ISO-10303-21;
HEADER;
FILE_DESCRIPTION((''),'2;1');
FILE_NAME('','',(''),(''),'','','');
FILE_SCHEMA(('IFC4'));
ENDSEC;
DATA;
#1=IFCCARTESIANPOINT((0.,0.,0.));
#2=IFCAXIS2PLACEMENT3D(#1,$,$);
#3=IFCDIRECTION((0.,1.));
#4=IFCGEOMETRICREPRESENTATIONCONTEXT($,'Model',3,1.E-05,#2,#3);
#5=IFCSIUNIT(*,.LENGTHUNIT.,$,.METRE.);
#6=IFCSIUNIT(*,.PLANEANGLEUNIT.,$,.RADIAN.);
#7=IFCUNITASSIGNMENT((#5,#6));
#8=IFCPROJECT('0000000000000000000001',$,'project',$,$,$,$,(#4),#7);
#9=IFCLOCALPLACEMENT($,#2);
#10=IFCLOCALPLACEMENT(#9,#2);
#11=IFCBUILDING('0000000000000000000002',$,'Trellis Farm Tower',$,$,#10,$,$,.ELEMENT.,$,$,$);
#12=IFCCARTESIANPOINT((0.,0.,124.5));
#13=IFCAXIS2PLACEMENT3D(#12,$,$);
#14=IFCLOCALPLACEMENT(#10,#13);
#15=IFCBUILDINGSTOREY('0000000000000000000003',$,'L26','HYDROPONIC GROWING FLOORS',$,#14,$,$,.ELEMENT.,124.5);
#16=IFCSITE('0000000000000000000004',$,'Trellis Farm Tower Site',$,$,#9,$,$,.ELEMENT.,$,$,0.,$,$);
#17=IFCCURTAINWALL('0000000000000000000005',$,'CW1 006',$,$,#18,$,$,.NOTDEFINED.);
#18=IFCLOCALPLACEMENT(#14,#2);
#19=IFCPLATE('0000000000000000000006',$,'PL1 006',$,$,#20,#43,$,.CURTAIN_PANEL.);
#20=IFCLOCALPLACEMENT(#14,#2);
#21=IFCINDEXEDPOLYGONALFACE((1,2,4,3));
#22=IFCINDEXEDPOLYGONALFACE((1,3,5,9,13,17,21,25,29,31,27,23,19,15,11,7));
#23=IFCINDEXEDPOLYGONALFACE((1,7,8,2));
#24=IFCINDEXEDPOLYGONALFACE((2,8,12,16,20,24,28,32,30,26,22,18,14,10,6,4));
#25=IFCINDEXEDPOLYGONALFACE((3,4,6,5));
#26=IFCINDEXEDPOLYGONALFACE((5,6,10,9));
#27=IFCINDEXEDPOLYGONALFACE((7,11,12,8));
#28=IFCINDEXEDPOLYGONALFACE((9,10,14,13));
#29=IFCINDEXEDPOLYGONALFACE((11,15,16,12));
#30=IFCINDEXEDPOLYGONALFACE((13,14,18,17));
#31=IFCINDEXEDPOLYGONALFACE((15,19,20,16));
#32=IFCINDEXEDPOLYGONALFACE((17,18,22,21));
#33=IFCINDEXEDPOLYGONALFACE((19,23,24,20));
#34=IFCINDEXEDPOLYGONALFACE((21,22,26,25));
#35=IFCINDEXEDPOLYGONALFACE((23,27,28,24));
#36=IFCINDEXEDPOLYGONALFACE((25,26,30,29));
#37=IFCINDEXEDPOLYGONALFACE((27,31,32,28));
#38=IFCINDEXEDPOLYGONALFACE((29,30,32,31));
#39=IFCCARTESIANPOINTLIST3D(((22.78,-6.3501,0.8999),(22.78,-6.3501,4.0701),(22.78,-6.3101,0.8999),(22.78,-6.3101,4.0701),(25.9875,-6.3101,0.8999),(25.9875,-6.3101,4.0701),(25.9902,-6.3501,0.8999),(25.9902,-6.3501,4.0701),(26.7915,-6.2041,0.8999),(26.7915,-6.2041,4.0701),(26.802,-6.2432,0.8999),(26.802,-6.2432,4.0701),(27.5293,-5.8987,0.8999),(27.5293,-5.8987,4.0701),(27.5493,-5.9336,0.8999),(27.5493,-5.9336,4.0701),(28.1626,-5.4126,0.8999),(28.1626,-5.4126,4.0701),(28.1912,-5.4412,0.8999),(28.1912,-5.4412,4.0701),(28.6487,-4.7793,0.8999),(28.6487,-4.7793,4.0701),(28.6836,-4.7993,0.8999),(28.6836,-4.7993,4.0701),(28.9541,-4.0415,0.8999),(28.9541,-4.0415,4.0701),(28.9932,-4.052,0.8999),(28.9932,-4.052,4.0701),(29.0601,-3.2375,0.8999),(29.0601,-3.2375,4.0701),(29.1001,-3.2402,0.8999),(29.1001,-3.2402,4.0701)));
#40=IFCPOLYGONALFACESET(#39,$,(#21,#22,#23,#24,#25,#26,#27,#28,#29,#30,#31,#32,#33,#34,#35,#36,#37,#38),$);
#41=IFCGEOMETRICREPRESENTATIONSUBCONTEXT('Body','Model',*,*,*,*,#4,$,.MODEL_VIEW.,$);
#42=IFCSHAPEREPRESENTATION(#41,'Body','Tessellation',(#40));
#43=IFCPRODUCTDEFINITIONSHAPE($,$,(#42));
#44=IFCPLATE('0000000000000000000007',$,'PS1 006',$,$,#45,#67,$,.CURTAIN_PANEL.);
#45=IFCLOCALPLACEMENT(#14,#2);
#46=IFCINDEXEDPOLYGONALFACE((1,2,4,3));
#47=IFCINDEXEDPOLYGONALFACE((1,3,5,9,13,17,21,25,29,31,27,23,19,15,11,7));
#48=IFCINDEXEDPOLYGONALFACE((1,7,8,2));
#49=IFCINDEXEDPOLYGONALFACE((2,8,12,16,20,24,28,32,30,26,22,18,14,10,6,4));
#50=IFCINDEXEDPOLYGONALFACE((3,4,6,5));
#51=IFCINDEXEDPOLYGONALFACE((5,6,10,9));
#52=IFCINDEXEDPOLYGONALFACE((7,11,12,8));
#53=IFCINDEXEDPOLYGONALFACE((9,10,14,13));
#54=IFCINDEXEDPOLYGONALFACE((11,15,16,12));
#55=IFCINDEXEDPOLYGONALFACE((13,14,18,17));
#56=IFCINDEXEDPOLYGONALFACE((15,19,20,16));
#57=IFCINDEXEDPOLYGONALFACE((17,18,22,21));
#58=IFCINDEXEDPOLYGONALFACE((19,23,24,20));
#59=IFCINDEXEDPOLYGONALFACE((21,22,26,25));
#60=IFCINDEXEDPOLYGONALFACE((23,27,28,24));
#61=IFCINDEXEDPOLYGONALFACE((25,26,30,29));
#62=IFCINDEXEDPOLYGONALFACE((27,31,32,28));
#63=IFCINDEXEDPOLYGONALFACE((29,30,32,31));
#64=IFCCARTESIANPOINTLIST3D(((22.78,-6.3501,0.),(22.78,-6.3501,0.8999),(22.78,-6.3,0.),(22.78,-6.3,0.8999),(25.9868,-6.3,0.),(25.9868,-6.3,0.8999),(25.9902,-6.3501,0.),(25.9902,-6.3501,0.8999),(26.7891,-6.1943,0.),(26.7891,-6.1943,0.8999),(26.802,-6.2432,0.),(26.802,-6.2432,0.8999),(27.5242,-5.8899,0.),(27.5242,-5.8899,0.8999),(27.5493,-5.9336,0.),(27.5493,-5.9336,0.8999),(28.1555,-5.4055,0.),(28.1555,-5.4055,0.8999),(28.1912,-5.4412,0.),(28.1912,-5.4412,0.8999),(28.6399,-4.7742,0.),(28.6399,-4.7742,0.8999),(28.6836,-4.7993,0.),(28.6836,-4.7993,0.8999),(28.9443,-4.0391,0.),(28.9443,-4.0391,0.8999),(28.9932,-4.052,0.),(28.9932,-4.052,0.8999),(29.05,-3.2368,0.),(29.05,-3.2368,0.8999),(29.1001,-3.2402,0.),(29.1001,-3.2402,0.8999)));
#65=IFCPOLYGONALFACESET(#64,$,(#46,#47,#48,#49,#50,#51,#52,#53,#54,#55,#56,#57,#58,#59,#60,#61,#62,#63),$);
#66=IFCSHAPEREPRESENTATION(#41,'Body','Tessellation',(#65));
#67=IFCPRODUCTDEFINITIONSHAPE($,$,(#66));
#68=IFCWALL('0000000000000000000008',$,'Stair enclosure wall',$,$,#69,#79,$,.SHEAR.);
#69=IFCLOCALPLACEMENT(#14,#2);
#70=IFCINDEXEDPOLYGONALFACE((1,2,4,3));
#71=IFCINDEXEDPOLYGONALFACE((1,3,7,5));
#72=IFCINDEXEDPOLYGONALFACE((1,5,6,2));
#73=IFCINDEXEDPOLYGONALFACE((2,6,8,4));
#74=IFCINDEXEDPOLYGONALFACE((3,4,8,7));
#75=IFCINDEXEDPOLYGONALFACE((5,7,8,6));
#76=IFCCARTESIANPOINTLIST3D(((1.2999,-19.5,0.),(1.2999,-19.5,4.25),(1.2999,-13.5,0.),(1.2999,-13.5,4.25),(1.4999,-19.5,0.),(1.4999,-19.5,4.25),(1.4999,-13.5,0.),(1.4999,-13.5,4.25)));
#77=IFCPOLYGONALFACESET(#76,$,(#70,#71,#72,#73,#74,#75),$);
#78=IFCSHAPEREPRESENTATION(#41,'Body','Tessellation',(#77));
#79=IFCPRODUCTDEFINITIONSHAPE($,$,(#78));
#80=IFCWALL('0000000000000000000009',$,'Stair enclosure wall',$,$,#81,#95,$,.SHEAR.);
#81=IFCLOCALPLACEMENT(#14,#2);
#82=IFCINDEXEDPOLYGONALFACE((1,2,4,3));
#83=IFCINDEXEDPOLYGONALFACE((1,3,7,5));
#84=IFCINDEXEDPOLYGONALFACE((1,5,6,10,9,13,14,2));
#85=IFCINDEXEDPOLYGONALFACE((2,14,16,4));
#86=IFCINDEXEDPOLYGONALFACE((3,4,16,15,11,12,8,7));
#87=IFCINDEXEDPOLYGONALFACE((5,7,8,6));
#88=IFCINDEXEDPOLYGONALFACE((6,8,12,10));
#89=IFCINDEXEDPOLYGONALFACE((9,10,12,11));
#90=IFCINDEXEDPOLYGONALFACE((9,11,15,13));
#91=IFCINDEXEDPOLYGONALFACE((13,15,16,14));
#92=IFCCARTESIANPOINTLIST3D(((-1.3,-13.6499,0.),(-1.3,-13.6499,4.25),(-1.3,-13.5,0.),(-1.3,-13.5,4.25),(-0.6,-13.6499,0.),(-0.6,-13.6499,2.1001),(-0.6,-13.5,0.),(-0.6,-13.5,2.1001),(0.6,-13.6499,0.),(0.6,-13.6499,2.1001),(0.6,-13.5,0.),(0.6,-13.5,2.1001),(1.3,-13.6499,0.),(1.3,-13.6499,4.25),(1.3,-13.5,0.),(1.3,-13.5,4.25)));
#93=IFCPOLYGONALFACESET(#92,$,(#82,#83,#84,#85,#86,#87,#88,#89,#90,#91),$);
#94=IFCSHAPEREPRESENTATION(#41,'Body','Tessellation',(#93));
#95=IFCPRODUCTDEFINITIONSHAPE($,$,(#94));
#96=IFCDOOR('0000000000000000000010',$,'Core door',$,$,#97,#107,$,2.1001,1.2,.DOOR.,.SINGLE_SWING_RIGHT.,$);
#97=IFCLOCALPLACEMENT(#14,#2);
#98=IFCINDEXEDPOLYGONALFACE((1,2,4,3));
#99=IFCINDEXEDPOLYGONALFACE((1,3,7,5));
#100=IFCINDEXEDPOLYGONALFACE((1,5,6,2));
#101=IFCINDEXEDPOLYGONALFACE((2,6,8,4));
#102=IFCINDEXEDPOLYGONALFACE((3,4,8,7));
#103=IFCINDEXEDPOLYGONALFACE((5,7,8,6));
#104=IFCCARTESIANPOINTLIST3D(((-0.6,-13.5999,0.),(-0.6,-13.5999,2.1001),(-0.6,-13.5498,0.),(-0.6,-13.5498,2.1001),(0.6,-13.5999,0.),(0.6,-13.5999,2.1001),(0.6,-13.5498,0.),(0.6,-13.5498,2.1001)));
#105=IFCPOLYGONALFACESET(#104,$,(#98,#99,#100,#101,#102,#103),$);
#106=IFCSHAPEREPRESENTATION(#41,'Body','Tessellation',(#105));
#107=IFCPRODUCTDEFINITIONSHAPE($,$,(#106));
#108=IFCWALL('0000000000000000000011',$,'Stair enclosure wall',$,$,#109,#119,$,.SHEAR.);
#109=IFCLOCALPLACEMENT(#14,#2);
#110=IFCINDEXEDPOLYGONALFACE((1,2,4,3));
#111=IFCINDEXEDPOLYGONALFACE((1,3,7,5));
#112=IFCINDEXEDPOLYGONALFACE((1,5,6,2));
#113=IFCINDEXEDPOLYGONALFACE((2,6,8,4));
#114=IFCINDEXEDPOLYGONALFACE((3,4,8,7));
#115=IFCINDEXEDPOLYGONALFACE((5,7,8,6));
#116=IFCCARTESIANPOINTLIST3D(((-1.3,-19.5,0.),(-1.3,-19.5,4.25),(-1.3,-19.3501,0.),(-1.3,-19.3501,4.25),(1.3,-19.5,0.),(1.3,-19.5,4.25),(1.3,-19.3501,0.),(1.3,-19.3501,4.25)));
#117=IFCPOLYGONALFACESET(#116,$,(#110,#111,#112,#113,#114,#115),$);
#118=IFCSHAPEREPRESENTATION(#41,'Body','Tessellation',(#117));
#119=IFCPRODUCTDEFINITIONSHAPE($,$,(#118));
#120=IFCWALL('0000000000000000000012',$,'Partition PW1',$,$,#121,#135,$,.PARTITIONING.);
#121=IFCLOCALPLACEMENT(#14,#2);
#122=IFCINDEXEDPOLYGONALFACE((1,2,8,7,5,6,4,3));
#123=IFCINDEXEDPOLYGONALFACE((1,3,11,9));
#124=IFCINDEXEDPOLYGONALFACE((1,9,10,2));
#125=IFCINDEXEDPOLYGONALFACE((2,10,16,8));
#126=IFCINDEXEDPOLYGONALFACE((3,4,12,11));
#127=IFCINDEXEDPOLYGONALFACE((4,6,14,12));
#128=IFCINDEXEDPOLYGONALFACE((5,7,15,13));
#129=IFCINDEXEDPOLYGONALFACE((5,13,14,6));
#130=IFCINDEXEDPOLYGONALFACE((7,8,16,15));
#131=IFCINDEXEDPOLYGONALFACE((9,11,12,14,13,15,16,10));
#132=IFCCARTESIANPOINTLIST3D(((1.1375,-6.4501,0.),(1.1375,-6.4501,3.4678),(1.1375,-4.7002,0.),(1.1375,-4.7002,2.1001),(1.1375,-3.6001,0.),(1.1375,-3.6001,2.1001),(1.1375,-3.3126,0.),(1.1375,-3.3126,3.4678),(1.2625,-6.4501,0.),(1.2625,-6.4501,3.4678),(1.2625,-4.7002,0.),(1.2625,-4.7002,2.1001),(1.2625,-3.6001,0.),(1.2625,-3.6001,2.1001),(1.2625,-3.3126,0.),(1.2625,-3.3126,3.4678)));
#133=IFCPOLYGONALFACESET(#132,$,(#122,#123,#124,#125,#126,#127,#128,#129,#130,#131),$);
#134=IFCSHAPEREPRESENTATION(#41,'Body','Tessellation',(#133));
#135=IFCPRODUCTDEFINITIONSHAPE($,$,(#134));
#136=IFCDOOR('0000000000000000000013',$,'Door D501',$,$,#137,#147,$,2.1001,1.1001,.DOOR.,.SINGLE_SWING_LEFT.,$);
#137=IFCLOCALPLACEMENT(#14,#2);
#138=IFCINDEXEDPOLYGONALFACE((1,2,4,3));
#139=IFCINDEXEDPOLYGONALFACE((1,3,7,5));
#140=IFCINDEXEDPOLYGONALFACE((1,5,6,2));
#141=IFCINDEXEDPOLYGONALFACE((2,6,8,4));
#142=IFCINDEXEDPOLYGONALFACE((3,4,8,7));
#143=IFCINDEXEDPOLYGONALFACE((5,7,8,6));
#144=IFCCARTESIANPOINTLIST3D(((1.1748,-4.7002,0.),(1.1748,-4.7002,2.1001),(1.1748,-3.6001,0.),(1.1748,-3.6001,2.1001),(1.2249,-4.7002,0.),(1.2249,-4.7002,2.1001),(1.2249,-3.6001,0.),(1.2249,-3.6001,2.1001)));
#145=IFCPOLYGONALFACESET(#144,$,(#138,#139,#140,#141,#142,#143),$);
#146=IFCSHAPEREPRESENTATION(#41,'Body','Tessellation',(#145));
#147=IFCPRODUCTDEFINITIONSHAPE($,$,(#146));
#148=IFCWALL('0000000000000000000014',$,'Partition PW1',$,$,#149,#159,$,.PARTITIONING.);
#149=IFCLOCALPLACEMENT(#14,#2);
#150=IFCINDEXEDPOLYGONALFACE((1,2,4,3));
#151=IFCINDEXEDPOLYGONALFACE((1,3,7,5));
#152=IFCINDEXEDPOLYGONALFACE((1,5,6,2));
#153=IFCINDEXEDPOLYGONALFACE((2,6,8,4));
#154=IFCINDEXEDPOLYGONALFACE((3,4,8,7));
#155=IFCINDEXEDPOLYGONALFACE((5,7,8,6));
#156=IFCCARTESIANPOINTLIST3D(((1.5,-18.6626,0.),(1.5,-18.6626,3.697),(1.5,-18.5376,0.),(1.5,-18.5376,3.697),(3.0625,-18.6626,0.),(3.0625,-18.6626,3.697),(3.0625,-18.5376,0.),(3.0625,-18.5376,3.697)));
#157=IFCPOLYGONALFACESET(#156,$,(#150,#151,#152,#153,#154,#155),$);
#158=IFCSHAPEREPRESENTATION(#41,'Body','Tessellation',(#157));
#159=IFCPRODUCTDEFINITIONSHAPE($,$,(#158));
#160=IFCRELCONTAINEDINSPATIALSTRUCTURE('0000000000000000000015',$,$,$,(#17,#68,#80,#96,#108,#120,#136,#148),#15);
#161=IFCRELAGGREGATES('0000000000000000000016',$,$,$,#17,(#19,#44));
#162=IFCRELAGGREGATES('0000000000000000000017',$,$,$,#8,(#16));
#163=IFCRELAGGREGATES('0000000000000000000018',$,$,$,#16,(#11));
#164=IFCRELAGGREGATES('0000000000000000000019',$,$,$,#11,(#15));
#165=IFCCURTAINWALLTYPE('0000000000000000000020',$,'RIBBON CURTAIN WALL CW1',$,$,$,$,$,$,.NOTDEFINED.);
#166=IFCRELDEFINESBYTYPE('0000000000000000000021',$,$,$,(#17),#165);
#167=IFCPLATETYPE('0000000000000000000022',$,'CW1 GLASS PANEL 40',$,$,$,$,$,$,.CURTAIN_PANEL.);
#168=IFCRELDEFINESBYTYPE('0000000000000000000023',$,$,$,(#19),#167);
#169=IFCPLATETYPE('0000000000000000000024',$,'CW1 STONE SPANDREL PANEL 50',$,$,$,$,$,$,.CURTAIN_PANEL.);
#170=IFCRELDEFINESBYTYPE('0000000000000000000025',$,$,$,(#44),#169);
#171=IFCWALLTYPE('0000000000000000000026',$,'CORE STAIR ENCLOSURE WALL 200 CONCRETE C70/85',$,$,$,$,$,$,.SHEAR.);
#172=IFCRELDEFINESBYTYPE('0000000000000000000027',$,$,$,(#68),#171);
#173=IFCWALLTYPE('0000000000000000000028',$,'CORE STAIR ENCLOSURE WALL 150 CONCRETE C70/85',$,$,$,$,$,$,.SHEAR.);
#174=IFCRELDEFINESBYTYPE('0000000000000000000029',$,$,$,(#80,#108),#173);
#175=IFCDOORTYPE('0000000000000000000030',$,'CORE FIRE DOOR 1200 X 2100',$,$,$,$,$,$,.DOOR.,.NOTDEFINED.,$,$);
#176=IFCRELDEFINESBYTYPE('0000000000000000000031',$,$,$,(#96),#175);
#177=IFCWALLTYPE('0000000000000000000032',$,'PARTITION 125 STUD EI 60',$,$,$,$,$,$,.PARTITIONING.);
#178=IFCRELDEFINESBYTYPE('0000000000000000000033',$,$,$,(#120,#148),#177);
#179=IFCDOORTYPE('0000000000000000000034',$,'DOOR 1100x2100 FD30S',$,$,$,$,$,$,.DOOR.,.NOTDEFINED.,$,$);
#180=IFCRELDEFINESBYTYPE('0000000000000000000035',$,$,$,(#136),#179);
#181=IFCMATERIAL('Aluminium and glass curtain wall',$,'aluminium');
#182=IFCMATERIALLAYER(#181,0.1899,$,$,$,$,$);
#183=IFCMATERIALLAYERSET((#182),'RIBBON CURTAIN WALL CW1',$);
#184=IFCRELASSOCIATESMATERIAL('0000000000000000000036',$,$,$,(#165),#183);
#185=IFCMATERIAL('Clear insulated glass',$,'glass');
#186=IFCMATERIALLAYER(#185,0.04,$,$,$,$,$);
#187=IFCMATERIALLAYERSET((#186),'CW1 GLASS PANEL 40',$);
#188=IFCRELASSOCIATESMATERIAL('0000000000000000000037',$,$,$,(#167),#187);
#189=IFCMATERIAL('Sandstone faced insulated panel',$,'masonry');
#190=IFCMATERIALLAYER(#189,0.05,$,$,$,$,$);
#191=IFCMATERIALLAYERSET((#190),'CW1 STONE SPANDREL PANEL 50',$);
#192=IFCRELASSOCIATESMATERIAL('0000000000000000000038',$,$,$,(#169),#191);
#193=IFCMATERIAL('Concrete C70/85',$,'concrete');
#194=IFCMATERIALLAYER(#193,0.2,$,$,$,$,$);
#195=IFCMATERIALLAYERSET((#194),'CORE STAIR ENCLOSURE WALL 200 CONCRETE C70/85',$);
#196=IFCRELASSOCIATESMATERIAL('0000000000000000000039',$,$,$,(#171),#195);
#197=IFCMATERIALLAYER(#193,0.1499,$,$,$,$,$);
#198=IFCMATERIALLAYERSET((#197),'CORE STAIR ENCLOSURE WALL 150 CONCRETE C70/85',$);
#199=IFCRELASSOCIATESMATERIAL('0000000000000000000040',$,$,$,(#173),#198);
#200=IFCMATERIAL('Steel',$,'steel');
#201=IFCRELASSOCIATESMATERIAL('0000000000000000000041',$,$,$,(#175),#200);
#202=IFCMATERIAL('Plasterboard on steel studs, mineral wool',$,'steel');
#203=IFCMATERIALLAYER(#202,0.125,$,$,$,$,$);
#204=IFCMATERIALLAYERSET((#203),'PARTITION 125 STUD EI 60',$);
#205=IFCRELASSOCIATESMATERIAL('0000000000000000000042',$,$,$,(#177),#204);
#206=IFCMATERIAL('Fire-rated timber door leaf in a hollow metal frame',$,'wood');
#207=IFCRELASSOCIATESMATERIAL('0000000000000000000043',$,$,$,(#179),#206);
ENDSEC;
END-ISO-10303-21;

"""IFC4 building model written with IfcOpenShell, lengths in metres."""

from ifc_helpers import new_model, si_unit, direction, frame, frame_2d, origin, place, context, subcontext, project, spatial, polyline, rectangle, outline, extrude, source, transform, mapped, material, layer, layer_set, type_object, element, fill, aggregate, save


model = new_model("IFC4")

# Units and contexts
model_context = context("Model", 3, precision=1e-05, world=origin(), true_north=direction((0.0, 1.0)))
body_context = subcontext(model_context, "Body", "Model", "MODEL_VIEW")
ifc_project = project(units=[si_unit("LENGTHUNIT", "METRE"), si_unit("PLANEANGLEUNIT", "RADIAN")], contexts=[model_context])

# Site, building, storey
site_placement = place(None, origin())
site = spatial("IfcSite", under=ifc_project, at=site_placement, Name="Trellis Farm Tower Site", CompositionType="ELEMENT", RefElevation=0.0)
building_placement = place(site_placement, origin())
building = spatial("IfcBuilding", under=site, at=building_placement, Name="Trellis Farm Tower", CompositionType="ELEMENT")
storey_placement = place(building_placement, frame((0.0, 0.0, 124.5)))
storey = spatial("IfcBuildingStorey", under=building, at=storey_placement, Name="L26", Description="HYDROPONIC GROWING FLOORS", CompositionType="ELEMENT", Elevation=124.5)

# Shared definitions
ifc_material_1 = material(Name="Aluminium and glass curtain wall", Category="aluminium")
ifc_layer_1 = layer(ifc_material_1, 0.1899)
ifc_layer_set_1 = layer_set([ifc_layer_1], Name="RIBBON CURTAIN WALL CW1")
curtain_wall_type_1 = type_object("IfcCurtainWallType", Name="RIBBON CURTAIN WALL CW1", PredefinedType="NOTDEFINED", material=ifc_layer_set_1)
placement = place(storey_placement, origin())

# Shared definitions
ifc_material_2 = material(Name="Clear insulated glass", Category="glass")

# Curtain wall, plates
curtain_wall_1 = element("IfcCurtainWall", 1, at=placement, inside=storey, type_object=curtain_wall_type_1, Name="CW1 006", PredefinedType="NOTDEFINED")
ifc_layer_2 = layer(ifc_material_2, 0.04)
ifc_layer_set_2 = layer_set([ifc_layer_2], Name="CW1 GLASS PANEL 40")
plate_type_1 = type_object("IfcPlateType", Name="CW1 GLASS PANEL 40", PredefinedType="CURTAIN_PANEL", material=ifc_layer_set_2)
shared_shape_1 = source(origin(), body_context, "Body", "SweptSolid", [
    extrude(outline(polyline([(22.78, -6.3501), (25.9902, -6.3501), (26.802, -6.2432), (27.5493, -5.9336), (28.1912, -5.4412), (28.6836, -4.7993), (28.9932, -4.052), (29.1001, -3.2402), (29.0601, -3.2375), (28.9541, -4.0415), (28.6487, -4.7793), (28.1626, -5.4126), (27.5293, -5.8987), (26.7915, -6.2041), (25.9875, -6.3101), (22.78, -6.3101), (22.78, -6.3501)])), origin(), (0.0, 0.0, 1.0), 3.1702),
])
plate_1_placement = place(storey_placement, frame((0.0, 0.0, 0.8999)))
plate_1 = element("IfcPlate", 2, at=plate_1_placement, type_object=plate_type_1, Name="PL1 006", PredefinedType="CURTAIN_PANEL", context=body_context, shape_type="MappedRepresentation", body=[
    mapped(shared_shape_1, transform((0.0, 0.0, 0.0))),
])
ifc_material_3 = material(Name="Sandstone faced insulated panel", Category="masonry")
ifc_layer_3 = layer(ifc_material_3, 0.05)
ifc_layer_set_3 = layer_set([ifc_layer_3], Name="CW1 STONE SPANDREL PANEL 50")
plate_type_2 = type_object("IfcPlateType", Name="CW1 STONE SPANDREL PANEL 50", PredefinedType="CURTAIN_PANEL", material=ifc_layer_set_3)
shared_shape_2 = source(origin(), body_context, "Body", "SweptSolid", [
    extrude(outline(polyline([(22.78, -6.3501), (25.9902, -6.3501), (26.802, -6.2432), (27.5493, -5.9336), (28.1912, -5.4412), (28.6836, -4.7993), (28.9932, -4.052), (29.1001, -3.2402), (29.05, -3.2368), (28.9443, -4.0391), (28.6399, -4.7742), (28.1555, -5.4055), (27.5242, -5.8899), (26.7891, -6.1943), (25.9868, -6.3), (22.78, -6.3), (22.78, -6.3501)])), origin(), (0.0, 0.0, 1.0), 0.8999),
])
plate_2 = element("IfcPlate", 3, at=placement, type_object=plate_type_2, Name="PS1 006", PredefinedType="CURTAIN_PANEL", context=body_context, shape_type="MappedRepresentation", body=[
    mapped(shared_shape_2, transform((0.0, 0.0, 0.0))),
])
aggregate(curtain_wall_1, [plate_1, plate_2])

# Wall
ifc_material_4 = material(Name="Concrete C70/85", Category="concrete")
ifc_layer_4 = layer(ifc_material_4, 0.2)
ifc_layer_set_4 = layer_set([ifc_layer_4], Name="CORE STAIR ENCLOSURE WALL 200 CONCRETE C70/85")
wall_type_1 = type_object("IfcWallType", Name="CORE STAIR ENCLOSURE WALL 200 CONCRETE C70/85", PredefinedType="SHEAR", material=ifc_layer_set_4)
shared_shape_3 = source(origin(), body_context, "Body", "SweptSolid", [
    extrude(rectangle(XDim=6.0, YDim=0.2, at=frame_2d((3.0, 0.0))), origin(), (0.0, 0.0, 1.0), 4.25),
])
wall_1_placement = place(storey_placement, frame((1.3999, -13.5, 0.0), z_axis=(0.0, 0.0, 1.0), x_axis=(0.0, -1.0, 0.0)))
element("IfcWall", 4, at=wall_1_placement, inside=storey, type_object=wall_type_1, Name="Stair enclosure wall", PredefinedType="SHEAR", context=body_context, shape_type="MappedRepresentation", body=[
    mapped(shared_shape_3, transform((0.0, 0.0, 0.0))),
])

# Wall, opening, door
ifc_layer_5 = layer(ifc_material_4, 0.1499)
ifc_layer_set_5 = layer_set([ifc_layer_5], Name="CORE STAIR ENCLOSURE WALL 150 CONCRETE C70/85")
wall_type_2 = type_object("IfcWallType", Name="CORE STAIR ENCLOSURE WALL 150 CONCRETE C70/85", PredefinedType="SHEAR", material=ifc_layer_set_5)
shared_shape_4 = source(origin(), body_context, "Body", "SweptSolid", [
    extrude(rectangle(XDim=2.6001, YDim=0.1499, at=frame_2d((1.3, 0.0))), origin(), (0.0, 0.0, 1.0), 4.25),
])
wall_2_placement = place(storey_placement, frame((1.3, -13.575, 0.0), z_axis=(0.0, 0.0, 1.0), x_axis=(-1.0, 0.0, 0.0)))
wall_2 = element("IfcWall", 5, at=wall_2_placement, inside=storey, type_object=wall_type_2, Name="Stair enclosure wall", PredefinedType="SHEAR", context=body_context, shape_type="MappedRepresentation", body=[
    mapped(shared_shape_4, transform((0.0, 0.0, 0.0))),
])
shared_shape_5 = source(origin(), body_context, "Body", "SweptSolid", [
    extrude(rectangle(XDim=1.2, YDim=2.1001, at=frame_2d((0.6001, 1.05))), frame((0.0, 0.085, 0.0), z_axis=(0.0, -1.0, 0.0), x_axis=(1.0, 0.0, 0.0)), (0.0, 0.0, 1.0), 0.1699),
])
opening_1_placement = place(wall_2_placement, frame((0.7, 0.0, 0.0)))
opening_1 = element("IfcOpeningElement", 6, at=opening_1_placement, cuts=wall_2, PredefinedType="OPENING", context=body_context, shape_type="MappedRepresentation", body=[
    mapped(shared_shape_5, transform((0.0, 0.0, 0.0))),
])
ifc_material_5 = material(Name="Steel", Category="steel")
door_type_1 = type_object("IfcDoorType", Name="CORE FIRE DOOR 1200 X 2100", OperationType="NOTDEFINED", PredefinedType="DOOR", material=ifc_material_5)
shared_shape_6 = source(origin(), body_context, "Body", "SweptSolid", [
    extrude(rectangle(XDim=1.2, YDim=2.1001, at=frame_2d((0.6001, 1.05))), frame((0.0, 0.0249, 0.0), z_axis=(0.0, -1.0, 0.0), x_axis=(1.0, 0.0, 0.0)), (0.0, 0.0, 1.0), 0.05),
])
door_1_placement = place(opening_1_placement, origin())
door_1 = element("IfcDoor", 7, at=door_1_placement, inside=storey, type_object=door_type_1, Name="Core door", OperationType="SINGLE_SWING_RIGHT", OverallHeight=2.1001, OverallWidth=1.2, PredefinedType="DOOR", context=body_context, shape_type="MappedRepresentation", body=[
    mapped(shared_shape_6, transform((0.0, 0.0, 0.0))),
])
fill(opening_1, door_1)

# Wall
wall_3_placement = place(storey_placement, frame((1.3, -19.425, 0.0), z_axis=(0.0, 0.0, 1.0), x_axis=(-1.0, 0.0, 0.0)))
element("IfcWall", 8, at=wall_3_placement, inside=storey, type_object=wall_type_2, Name="Stair enclosure wall", PredefinedType="SHEAR", context=body_context, shape_type="MappedRepresentation", body=[
    mapped(shared_shape_4, transform((0.0, 0.0, 0.0))),
])

# Wall, opening, door
ifc_material_6 = material(Name="Plasterboard on steel studs, mineral wool", Category="steel")
ifc_layer_6 = layer(ifc_material_6, 0.125)
ifc_layer_set_6 = layer_set([ifc_layer_6], Name="PARTITION 125 STUD EI 60")
wall_type_3 = type_object("IfcWallType", Name="PARTITION 125 STUD EI 60", PredefinedType="PARTITIONING", material=ifc_layer_set_6)
shared_shape_7 = source(origin(), body_context, "Body", "SweptSolid", [
    extrude(rectangle(XDim=3.1375, YDim=0.125, at=frame_2d((1.5688, 0.0))), origin(), (0.0, 0.0, 1.0), 3.4678),
])
wall_4_placement = place(storey_placement, frame((1.2, -3.3125, 0.0), z_axis=(0.0, 0.0, 1.0), x_axis=(0.0, -1.0, 0.0)))
wall_4 = element("IfcWall", 9, at=wall_4_placement, inside=storey, type_object=wall_type_3, Name="Partition PW1", PredefinedType="PARTITIONING", context=body_context, shape_type="MappedRepresentation", body=[
    mapped(shared_shape_7, transform((0.0, 0.0, 0.0))),
])
shared_shape_8 = source(origin(), body_context, "Body", "SweptSolid", [
    extrude(rectangle(XDim=1.1001, YDim=2.1001, at=frame_2d((0.55, 1.05))), frame((0.0, 0.0725, 0.0), z_axis=(0.0, -1.0, 0.0), x_axis=(1.0, 0.0, 0.0)), (0.0, 0.0, 1.0), 0.145),
])
opening_2_placement = place(wall_4_placement, frame((0.2876, 0.0, 0.0)))
opening_2 = element("IfcOpeningElement", 10, at=opening_2_placement, cuts=wall_4, PredefinedType="OPENING", context=body_context, shape_type="MappedRepresentation", body=[
    mapped(shared_shape_8, transform((0.0, 0.0, 0.0))),
])
ifc_material_7 = material(Name="Fire-rated timber door leaf in a hollow metal frame", Category="wood")
door_type_2 = type_object("IfcDoorType", Name="DOOR 1100x2100 FD30S", OperationType="NOTDEFINED", PredefinedType="DOOR", material=ifc_material_7)
shared_shape_9 = source(origin(), body_context, "Body", "SweptSolid", [
    extrude(rectangle(XDim=1.1001, YDim=2.1001, at=frame_2d((0.55, 1.05))), frame((0.0, 0.0249, 0.0), z_axis=(0.0, -1.0, 0.0), x_axis=(1.0, 0.0, 0.0)), (0.0, 0.0, 1.0), 0.05),
])
door_2_placement = place(opening_2_placement, origin())
door_2 = element("IfcDoor", 11, at=door_2_placement, inside=storey, type_object=door_type_2, Name="Door D501", OperationType="SINGLE_SWING_LEFT", OverallHeight=2.1001, OverallWidth=1.1001, PredefinedType="DOOR", context=body_context, shape_type="MappedRepresentation", body=[
    mapped(shared_shape_9, transform((0.0, 0.0, 0.0))),
])
fill(opening_2, door_2)

# Wall
shared_shape_10 = source(origin(), body_context, "Body", "SweptSolid", [
    extrude(rectangle(XDim=1.5625, YDim=0.125, at=frame_2d((0.7812, 0.0))), origin(), (0.0, 0.0, 1.0), 3.697),
])
wall_5_placement = place(storey_placement, frame((3.0625, -18.6001, 0.0), z_axis=(0.0, 0.0, 1.0), x_axis=(-1.0, 0.0, 0.0)))
element("IfcWall", 12, at=wall_5_placement, inside=storey, type_object=wall_type_3, Name="Partition PW1", PredefinedType="PARTITIONING", context=body_context, shape_type="MappedRepresentation", body=[
    mapped(shared_shape_10, transform((0.0, 0.0, 0.0))),
])

save(model, "model.ifc")
